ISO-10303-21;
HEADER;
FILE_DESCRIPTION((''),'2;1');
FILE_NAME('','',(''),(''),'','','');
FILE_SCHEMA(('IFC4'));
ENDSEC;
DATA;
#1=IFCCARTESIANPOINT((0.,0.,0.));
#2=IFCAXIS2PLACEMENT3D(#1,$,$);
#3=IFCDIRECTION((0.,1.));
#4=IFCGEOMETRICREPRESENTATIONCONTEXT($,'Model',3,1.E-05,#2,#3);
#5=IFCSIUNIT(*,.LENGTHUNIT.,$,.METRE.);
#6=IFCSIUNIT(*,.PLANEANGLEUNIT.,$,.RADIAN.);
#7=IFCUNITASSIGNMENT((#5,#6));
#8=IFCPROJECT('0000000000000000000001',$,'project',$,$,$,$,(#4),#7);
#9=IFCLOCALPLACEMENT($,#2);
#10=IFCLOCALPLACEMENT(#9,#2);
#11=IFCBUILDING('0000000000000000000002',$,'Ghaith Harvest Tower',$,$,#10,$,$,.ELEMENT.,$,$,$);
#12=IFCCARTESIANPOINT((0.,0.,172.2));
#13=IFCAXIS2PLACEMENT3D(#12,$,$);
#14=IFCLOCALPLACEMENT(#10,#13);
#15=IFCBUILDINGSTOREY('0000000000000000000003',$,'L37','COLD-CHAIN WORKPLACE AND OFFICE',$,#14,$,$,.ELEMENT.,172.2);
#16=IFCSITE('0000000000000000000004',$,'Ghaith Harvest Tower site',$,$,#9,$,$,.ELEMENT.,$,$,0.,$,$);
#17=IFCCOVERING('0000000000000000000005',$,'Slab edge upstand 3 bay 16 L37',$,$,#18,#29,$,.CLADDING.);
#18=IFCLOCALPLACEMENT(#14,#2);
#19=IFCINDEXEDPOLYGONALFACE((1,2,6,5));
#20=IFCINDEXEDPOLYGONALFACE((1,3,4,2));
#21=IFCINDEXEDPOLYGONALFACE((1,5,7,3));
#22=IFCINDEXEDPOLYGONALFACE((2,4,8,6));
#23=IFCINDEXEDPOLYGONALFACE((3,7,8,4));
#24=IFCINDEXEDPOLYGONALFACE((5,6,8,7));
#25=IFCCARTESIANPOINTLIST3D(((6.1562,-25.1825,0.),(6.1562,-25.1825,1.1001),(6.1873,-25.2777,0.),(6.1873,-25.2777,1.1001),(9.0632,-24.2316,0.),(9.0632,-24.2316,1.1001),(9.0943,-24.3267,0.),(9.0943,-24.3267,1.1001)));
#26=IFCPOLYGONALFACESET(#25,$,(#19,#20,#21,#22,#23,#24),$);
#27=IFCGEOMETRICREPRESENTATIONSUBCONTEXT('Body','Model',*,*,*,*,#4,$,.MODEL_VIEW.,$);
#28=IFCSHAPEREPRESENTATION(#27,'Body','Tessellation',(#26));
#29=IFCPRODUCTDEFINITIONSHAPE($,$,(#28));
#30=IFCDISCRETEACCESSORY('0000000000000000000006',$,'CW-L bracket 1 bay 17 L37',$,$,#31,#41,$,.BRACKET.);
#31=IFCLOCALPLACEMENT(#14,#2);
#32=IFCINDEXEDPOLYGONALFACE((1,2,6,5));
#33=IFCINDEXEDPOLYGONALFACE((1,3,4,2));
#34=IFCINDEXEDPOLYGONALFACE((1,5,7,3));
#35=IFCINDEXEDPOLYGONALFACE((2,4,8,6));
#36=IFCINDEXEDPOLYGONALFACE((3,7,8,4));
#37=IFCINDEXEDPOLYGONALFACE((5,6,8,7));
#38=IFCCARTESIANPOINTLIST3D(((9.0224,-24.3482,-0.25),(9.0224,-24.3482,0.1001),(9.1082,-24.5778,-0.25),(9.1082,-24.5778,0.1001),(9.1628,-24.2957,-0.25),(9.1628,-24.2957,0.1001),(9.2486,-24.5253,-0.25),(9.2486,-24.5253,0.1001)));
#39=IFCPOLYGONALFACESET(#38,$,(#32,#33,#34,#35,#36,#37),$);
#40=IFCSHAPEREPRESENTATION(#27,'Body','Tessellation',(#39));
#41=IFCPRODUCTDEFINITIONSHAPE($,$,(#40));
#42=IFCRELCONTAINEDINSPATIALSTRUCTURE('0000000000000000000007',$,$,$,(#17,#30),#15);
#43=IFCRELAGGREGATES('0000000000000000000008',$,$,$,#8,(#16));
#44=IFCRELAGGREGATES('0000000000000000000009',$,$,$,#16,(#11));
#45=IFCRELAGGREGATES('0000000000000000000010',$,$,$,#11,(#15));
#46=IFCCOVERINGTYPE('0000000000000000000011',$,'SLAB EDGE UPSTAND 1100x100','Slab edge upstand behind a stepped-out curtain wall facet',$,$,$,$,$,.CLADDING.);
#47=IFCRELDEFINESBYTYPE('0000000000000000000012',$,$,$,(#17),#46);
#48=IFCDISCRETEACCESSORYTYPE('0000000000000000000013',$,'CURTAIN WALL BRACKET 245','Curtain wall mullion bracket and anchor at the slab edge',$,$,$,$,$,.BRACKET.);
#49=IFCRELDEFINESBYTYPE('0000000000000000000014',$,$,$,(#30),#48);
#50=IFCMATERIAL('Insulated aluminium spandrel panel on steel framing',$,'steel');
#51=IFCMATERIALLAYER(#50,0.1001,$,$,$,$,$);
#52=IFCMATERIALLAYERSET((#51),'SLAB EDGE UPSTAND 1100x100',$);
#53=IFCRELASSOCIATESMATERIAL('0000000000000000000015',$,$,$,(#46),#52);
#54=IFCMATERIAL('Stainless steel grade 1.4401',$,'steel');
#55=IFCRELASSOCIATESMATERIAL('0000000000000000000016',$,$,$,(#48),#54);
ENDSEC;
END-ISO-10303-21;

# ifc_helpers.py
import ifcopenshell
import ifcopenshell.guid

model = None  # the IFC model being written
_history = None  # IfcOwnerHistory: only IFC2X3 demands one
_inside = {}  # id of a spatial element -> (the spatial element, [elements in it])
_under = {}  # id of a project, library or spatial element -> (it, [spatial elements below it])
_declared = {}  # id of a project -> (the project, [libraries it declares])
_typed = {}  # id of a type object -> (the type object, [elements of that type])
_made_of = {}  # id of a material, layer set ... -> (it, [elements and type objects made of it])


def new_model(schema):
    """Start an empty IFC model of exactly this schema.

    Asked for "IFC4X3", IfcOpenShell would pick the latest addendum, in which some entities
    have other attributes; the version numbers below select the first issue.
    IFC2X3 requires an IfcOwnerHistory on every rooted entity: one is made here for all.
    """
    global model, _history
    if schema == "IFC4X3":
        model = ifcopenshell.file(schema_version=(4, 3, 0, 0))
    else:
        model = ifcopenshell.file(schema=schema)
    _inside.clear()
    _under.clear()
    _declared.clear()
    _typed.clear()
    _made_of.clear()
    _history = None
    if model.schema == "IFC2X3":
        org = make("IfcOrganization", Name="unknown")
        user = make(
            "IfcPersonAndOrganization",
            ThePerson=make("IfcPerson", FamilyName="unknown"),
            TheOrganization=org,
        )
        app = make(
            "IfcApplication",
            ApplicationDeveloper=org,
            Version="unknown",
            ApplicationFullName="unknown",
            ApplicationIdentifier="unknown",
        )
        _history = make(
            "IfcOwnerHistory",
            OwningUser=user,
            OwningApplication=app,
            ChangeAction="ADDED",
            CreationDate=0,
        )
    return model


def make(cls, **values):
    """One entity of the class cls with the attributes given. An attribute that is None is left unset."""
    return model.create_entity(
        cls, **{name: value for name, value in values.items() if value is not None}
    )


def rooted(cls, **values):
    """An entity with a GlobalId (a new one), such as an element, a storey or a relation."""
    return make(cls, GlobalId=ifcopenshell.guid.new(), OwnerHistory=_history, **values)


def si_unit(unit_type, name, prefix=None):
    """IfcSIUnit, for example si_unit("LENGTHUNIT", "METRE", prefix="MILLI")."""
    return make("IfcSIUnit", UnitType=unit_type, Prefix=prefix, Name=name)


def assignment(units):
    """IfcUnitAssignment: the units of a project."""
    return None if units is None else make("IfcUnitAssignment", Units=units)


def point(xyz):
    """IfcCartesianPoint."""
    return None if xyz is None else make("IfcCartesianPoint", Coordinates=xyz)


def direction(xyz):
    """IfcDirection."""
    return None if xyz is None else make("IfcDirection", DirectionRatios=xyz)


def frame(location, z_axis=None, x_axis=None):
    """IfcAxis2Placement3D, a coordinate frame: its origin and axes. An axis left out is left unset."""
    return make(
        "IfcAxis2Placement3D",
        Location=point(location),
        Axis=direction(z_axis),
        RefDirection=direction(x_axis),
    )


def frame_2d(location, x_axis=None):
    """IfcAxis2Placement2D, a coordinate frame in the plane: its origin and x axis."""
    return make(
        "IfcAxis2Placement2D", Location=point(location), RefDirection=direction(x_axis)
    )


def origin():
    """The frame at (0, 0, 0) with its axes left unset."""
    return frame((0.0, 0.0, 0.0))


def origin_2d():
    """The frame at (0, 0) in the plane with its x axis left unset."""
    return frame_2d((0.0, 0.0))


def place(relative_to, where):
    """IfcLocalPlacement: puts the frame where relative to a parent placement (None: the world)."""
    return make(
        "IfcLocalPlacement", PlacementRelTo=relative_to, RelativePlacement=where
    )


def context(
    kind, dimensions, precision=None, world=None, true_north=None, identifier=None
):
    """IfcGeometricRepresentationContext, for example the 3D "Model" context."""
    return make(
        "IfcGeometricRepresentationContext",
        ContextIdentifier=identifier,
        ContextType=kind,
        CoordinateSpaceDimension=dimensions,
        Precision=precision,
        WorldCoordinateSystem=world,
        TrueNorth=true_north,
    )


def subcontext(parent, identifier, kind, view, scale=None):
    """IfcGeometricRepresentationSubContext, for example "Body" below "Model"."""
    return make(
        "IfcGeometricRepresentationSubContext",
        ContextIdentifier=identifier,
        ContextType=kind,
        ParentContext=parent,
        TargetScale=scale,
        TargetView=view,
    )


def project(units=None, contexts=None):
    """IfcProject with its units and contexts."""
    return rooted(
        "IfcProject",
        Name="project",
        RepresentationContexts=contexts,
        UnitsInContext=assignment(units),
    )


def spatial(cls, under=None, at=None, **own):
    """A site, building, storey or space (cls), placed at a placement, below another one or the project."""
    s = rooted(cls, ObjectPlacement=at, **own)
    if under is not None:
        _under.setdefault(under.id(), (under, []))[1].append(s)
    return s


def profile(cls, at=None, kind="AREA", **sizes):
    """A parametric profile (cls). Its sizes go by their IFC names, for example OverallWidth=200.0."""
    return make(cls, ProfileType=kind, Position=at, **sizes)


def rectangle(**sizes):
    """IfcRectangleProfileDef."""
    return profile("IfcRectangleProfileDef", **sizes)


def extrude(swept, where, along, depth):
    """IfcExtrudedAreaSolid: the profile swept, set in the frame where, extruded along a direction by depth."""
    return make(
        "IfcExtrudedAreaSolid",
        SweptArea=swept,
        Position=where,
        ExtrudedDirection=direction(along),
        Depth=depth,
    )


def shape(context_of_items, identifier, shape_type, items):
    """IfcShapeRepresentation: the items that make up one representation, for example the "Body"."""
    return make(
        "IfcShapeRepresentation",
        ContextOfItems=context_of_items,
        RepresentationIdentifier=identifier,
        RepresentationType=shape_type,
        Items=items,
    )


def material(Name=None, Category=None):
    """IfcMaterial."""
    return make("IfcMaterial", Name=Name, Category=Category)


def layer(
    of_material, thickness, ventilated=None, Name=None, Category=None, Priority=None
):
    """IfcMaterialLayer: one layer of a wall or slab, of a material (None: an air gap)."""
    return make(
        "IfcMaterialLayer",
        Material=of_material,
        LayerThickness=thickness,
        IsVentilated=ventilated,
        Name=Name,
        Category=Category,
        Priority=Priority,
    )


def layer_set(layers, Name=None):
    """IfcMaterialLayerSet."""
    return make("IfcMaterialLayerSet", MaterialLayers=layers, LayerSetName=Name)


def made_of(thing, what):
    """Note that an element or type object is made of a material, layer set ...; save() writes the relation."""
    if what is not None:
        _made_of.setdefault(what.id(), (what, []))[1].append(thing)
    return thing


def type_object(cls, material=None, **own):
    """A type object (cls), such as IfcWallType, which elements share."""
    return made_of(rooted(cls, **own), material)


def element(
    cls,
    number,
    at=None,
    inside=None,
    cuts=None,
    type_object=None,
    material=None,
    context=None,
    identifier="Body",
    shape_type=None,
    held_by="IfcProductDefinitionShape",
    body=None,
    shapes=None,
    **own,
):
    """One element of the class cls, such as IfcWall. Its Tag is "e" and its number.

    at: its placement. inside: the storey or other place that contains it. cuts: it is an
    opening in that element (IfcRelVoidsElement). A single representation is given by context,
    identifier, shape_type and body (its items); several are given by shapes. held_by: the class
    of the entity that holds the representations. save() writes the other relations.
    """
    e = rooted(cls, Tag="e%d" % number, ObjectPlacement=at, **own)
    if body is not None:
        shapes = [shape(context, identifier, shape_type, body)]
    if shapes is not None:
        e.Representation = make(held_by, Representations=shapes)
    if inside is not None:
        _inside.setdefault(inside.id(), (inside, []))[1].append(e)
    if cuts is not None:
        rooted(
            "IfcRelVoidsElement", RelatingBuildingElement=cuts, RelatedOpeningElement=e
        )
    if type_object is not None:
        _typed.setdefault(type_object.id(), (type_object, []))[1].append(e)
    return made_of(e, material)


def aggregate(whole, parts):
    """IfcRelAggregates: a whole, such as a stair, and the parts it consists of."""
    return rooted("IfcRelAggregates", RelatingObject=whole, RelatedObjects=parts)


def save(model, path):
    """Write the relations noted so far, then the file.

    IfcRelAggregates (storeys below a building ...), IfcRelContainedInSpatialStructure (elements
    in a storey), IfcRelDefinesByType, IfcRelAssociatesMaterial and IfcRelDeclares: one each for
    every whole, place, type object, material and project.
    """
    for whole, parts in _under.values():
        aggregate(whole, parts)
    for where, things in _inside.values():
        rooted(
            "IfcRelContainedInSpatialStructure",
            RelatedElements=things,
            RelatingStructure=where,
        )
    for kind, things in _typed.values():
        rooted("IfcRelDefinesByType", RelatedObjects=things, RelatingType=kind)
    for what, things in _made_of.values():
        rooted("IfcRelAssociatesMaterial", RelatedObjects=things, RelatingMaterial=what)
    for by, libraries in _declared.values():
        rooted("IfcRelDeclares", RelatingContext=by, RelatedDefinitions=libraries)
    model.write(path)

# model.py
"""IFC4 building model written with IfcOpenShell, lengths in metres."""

from ifc_helpers import new_model, si_unit, direction, frame, origin, origin_2d, place, context, subcontext, project, spatial, rectangle, extrude, material, layer, layer_set, type_object, element, save


model = new_model("IFC4")

# Units and contexts
model_context = context("Model", 3, precision=1e-05, world=origin(), true_north=direction((0.0, 1.0)))
body_context = subcontext(model_context, "Body", "Model", "MODEL_VIEW")
ifc_project = project(units=[si_unit("LENGTHUNIT", "METRE"), si_unit("PLANEANGLEUNIT", "RADIAN")], contexts=[model_context])

# Site, building, storey
site_placement = place(None, origin())
site = spatial("IfcSite", under=ifc_project, at=site_placement, Name="Ghaith Harvest Tower site", CompositionType="ELEMENT", RefElevation=0.0)
building_placement = place(site_placement, origin())
building = spatial("IfcBuilding", under=site, at=building_placement, Name="Ghaith Harvest Tower", CompositionType="ELEMENT")
storey_placement = place(building_placement, frame((0.0, 0.0, 172.2)))
storey = spatial("IfcBuildingStorey", under=building, at=storey_placement, Name="L37", Description="COLD-CHAIN WORKPLACE AND OFFICE", CompositionType="ELEMENT", Elevation=172.2)

# Covering
ifc_material_1 = material(Name="Insulated aluminium spandrel panel on steel framing", Category="steel")
ifc_layer_1 = layer(ifc_material_1, 0.1001)
ifc_layer_set_1 = layer_set([ifc_layer_1], Name="SLAB EDGE UPSTAND 1100x100")
covering_type = type_object("IfcCoveringType", Name="SLAB EDGE UPSTAND 1100x100", Description="Slab edge upstand behind a stepped-out curtain wall facet", PredefinedType="CLADDING", material=ifc_layer_set_1)
covering_1_placement = place(storey_placement, frame((7.6252, -24.7546, 0.0), z_axis=(0.0, 0.0, 1.0), x_axis=(0.950441, 0.310904, 0.0)))
element("IfcCovering", 1, at=covering_1_placement, inside=storey, type_object=covering_type, Name="Slab edge upstand 3 bay 16 L37", PredefinedType="CLADDING", context=body_context, shape_type="SweptSolid", body=[
    extrude(rectangle(XDim=3.0586, YDim=0.1001, at=origin_2d()), origin(), (0.0, 0.0, 1.0), 1.1001),
])

# Discrete accessory
ifc_material_2 = material(Name="Stainless steel grade 1.4401", Category="steel")
discrete_accessory_type = type_object("IfcDiscreteAccessoryType", Name="CURTAIN WALL BRACKET 245", Description="Curtain wall mullion bracket and anchor at the slab edge", PredefinedType="BRACKET", material=ifc_material_2)
discrete_accessory_placement = place(storey_placement, frame((9.1355, -24.4368, -0.25), z_axis=(0.0, 0.0, 1.0), x_axis=(0.350168, -0.936687, 0.0)))
element("IfcDiscreteAccessory", 2, at=discrete_accessory_placement, inside=storey, type_object=discrete_accessory_type, Name="CW-L bracket 1 bay 17 L37", PredefinedType="BRACKET", context=body_context, shape_type="SweptSolid", body=[
    extrude(rectangle(XDim=0.2451, YDim=0.1499, at=origin_2d()), origin(), (0.0, 0.0, 1.0), 0.3501),
])

save(model, "model.ifc")
